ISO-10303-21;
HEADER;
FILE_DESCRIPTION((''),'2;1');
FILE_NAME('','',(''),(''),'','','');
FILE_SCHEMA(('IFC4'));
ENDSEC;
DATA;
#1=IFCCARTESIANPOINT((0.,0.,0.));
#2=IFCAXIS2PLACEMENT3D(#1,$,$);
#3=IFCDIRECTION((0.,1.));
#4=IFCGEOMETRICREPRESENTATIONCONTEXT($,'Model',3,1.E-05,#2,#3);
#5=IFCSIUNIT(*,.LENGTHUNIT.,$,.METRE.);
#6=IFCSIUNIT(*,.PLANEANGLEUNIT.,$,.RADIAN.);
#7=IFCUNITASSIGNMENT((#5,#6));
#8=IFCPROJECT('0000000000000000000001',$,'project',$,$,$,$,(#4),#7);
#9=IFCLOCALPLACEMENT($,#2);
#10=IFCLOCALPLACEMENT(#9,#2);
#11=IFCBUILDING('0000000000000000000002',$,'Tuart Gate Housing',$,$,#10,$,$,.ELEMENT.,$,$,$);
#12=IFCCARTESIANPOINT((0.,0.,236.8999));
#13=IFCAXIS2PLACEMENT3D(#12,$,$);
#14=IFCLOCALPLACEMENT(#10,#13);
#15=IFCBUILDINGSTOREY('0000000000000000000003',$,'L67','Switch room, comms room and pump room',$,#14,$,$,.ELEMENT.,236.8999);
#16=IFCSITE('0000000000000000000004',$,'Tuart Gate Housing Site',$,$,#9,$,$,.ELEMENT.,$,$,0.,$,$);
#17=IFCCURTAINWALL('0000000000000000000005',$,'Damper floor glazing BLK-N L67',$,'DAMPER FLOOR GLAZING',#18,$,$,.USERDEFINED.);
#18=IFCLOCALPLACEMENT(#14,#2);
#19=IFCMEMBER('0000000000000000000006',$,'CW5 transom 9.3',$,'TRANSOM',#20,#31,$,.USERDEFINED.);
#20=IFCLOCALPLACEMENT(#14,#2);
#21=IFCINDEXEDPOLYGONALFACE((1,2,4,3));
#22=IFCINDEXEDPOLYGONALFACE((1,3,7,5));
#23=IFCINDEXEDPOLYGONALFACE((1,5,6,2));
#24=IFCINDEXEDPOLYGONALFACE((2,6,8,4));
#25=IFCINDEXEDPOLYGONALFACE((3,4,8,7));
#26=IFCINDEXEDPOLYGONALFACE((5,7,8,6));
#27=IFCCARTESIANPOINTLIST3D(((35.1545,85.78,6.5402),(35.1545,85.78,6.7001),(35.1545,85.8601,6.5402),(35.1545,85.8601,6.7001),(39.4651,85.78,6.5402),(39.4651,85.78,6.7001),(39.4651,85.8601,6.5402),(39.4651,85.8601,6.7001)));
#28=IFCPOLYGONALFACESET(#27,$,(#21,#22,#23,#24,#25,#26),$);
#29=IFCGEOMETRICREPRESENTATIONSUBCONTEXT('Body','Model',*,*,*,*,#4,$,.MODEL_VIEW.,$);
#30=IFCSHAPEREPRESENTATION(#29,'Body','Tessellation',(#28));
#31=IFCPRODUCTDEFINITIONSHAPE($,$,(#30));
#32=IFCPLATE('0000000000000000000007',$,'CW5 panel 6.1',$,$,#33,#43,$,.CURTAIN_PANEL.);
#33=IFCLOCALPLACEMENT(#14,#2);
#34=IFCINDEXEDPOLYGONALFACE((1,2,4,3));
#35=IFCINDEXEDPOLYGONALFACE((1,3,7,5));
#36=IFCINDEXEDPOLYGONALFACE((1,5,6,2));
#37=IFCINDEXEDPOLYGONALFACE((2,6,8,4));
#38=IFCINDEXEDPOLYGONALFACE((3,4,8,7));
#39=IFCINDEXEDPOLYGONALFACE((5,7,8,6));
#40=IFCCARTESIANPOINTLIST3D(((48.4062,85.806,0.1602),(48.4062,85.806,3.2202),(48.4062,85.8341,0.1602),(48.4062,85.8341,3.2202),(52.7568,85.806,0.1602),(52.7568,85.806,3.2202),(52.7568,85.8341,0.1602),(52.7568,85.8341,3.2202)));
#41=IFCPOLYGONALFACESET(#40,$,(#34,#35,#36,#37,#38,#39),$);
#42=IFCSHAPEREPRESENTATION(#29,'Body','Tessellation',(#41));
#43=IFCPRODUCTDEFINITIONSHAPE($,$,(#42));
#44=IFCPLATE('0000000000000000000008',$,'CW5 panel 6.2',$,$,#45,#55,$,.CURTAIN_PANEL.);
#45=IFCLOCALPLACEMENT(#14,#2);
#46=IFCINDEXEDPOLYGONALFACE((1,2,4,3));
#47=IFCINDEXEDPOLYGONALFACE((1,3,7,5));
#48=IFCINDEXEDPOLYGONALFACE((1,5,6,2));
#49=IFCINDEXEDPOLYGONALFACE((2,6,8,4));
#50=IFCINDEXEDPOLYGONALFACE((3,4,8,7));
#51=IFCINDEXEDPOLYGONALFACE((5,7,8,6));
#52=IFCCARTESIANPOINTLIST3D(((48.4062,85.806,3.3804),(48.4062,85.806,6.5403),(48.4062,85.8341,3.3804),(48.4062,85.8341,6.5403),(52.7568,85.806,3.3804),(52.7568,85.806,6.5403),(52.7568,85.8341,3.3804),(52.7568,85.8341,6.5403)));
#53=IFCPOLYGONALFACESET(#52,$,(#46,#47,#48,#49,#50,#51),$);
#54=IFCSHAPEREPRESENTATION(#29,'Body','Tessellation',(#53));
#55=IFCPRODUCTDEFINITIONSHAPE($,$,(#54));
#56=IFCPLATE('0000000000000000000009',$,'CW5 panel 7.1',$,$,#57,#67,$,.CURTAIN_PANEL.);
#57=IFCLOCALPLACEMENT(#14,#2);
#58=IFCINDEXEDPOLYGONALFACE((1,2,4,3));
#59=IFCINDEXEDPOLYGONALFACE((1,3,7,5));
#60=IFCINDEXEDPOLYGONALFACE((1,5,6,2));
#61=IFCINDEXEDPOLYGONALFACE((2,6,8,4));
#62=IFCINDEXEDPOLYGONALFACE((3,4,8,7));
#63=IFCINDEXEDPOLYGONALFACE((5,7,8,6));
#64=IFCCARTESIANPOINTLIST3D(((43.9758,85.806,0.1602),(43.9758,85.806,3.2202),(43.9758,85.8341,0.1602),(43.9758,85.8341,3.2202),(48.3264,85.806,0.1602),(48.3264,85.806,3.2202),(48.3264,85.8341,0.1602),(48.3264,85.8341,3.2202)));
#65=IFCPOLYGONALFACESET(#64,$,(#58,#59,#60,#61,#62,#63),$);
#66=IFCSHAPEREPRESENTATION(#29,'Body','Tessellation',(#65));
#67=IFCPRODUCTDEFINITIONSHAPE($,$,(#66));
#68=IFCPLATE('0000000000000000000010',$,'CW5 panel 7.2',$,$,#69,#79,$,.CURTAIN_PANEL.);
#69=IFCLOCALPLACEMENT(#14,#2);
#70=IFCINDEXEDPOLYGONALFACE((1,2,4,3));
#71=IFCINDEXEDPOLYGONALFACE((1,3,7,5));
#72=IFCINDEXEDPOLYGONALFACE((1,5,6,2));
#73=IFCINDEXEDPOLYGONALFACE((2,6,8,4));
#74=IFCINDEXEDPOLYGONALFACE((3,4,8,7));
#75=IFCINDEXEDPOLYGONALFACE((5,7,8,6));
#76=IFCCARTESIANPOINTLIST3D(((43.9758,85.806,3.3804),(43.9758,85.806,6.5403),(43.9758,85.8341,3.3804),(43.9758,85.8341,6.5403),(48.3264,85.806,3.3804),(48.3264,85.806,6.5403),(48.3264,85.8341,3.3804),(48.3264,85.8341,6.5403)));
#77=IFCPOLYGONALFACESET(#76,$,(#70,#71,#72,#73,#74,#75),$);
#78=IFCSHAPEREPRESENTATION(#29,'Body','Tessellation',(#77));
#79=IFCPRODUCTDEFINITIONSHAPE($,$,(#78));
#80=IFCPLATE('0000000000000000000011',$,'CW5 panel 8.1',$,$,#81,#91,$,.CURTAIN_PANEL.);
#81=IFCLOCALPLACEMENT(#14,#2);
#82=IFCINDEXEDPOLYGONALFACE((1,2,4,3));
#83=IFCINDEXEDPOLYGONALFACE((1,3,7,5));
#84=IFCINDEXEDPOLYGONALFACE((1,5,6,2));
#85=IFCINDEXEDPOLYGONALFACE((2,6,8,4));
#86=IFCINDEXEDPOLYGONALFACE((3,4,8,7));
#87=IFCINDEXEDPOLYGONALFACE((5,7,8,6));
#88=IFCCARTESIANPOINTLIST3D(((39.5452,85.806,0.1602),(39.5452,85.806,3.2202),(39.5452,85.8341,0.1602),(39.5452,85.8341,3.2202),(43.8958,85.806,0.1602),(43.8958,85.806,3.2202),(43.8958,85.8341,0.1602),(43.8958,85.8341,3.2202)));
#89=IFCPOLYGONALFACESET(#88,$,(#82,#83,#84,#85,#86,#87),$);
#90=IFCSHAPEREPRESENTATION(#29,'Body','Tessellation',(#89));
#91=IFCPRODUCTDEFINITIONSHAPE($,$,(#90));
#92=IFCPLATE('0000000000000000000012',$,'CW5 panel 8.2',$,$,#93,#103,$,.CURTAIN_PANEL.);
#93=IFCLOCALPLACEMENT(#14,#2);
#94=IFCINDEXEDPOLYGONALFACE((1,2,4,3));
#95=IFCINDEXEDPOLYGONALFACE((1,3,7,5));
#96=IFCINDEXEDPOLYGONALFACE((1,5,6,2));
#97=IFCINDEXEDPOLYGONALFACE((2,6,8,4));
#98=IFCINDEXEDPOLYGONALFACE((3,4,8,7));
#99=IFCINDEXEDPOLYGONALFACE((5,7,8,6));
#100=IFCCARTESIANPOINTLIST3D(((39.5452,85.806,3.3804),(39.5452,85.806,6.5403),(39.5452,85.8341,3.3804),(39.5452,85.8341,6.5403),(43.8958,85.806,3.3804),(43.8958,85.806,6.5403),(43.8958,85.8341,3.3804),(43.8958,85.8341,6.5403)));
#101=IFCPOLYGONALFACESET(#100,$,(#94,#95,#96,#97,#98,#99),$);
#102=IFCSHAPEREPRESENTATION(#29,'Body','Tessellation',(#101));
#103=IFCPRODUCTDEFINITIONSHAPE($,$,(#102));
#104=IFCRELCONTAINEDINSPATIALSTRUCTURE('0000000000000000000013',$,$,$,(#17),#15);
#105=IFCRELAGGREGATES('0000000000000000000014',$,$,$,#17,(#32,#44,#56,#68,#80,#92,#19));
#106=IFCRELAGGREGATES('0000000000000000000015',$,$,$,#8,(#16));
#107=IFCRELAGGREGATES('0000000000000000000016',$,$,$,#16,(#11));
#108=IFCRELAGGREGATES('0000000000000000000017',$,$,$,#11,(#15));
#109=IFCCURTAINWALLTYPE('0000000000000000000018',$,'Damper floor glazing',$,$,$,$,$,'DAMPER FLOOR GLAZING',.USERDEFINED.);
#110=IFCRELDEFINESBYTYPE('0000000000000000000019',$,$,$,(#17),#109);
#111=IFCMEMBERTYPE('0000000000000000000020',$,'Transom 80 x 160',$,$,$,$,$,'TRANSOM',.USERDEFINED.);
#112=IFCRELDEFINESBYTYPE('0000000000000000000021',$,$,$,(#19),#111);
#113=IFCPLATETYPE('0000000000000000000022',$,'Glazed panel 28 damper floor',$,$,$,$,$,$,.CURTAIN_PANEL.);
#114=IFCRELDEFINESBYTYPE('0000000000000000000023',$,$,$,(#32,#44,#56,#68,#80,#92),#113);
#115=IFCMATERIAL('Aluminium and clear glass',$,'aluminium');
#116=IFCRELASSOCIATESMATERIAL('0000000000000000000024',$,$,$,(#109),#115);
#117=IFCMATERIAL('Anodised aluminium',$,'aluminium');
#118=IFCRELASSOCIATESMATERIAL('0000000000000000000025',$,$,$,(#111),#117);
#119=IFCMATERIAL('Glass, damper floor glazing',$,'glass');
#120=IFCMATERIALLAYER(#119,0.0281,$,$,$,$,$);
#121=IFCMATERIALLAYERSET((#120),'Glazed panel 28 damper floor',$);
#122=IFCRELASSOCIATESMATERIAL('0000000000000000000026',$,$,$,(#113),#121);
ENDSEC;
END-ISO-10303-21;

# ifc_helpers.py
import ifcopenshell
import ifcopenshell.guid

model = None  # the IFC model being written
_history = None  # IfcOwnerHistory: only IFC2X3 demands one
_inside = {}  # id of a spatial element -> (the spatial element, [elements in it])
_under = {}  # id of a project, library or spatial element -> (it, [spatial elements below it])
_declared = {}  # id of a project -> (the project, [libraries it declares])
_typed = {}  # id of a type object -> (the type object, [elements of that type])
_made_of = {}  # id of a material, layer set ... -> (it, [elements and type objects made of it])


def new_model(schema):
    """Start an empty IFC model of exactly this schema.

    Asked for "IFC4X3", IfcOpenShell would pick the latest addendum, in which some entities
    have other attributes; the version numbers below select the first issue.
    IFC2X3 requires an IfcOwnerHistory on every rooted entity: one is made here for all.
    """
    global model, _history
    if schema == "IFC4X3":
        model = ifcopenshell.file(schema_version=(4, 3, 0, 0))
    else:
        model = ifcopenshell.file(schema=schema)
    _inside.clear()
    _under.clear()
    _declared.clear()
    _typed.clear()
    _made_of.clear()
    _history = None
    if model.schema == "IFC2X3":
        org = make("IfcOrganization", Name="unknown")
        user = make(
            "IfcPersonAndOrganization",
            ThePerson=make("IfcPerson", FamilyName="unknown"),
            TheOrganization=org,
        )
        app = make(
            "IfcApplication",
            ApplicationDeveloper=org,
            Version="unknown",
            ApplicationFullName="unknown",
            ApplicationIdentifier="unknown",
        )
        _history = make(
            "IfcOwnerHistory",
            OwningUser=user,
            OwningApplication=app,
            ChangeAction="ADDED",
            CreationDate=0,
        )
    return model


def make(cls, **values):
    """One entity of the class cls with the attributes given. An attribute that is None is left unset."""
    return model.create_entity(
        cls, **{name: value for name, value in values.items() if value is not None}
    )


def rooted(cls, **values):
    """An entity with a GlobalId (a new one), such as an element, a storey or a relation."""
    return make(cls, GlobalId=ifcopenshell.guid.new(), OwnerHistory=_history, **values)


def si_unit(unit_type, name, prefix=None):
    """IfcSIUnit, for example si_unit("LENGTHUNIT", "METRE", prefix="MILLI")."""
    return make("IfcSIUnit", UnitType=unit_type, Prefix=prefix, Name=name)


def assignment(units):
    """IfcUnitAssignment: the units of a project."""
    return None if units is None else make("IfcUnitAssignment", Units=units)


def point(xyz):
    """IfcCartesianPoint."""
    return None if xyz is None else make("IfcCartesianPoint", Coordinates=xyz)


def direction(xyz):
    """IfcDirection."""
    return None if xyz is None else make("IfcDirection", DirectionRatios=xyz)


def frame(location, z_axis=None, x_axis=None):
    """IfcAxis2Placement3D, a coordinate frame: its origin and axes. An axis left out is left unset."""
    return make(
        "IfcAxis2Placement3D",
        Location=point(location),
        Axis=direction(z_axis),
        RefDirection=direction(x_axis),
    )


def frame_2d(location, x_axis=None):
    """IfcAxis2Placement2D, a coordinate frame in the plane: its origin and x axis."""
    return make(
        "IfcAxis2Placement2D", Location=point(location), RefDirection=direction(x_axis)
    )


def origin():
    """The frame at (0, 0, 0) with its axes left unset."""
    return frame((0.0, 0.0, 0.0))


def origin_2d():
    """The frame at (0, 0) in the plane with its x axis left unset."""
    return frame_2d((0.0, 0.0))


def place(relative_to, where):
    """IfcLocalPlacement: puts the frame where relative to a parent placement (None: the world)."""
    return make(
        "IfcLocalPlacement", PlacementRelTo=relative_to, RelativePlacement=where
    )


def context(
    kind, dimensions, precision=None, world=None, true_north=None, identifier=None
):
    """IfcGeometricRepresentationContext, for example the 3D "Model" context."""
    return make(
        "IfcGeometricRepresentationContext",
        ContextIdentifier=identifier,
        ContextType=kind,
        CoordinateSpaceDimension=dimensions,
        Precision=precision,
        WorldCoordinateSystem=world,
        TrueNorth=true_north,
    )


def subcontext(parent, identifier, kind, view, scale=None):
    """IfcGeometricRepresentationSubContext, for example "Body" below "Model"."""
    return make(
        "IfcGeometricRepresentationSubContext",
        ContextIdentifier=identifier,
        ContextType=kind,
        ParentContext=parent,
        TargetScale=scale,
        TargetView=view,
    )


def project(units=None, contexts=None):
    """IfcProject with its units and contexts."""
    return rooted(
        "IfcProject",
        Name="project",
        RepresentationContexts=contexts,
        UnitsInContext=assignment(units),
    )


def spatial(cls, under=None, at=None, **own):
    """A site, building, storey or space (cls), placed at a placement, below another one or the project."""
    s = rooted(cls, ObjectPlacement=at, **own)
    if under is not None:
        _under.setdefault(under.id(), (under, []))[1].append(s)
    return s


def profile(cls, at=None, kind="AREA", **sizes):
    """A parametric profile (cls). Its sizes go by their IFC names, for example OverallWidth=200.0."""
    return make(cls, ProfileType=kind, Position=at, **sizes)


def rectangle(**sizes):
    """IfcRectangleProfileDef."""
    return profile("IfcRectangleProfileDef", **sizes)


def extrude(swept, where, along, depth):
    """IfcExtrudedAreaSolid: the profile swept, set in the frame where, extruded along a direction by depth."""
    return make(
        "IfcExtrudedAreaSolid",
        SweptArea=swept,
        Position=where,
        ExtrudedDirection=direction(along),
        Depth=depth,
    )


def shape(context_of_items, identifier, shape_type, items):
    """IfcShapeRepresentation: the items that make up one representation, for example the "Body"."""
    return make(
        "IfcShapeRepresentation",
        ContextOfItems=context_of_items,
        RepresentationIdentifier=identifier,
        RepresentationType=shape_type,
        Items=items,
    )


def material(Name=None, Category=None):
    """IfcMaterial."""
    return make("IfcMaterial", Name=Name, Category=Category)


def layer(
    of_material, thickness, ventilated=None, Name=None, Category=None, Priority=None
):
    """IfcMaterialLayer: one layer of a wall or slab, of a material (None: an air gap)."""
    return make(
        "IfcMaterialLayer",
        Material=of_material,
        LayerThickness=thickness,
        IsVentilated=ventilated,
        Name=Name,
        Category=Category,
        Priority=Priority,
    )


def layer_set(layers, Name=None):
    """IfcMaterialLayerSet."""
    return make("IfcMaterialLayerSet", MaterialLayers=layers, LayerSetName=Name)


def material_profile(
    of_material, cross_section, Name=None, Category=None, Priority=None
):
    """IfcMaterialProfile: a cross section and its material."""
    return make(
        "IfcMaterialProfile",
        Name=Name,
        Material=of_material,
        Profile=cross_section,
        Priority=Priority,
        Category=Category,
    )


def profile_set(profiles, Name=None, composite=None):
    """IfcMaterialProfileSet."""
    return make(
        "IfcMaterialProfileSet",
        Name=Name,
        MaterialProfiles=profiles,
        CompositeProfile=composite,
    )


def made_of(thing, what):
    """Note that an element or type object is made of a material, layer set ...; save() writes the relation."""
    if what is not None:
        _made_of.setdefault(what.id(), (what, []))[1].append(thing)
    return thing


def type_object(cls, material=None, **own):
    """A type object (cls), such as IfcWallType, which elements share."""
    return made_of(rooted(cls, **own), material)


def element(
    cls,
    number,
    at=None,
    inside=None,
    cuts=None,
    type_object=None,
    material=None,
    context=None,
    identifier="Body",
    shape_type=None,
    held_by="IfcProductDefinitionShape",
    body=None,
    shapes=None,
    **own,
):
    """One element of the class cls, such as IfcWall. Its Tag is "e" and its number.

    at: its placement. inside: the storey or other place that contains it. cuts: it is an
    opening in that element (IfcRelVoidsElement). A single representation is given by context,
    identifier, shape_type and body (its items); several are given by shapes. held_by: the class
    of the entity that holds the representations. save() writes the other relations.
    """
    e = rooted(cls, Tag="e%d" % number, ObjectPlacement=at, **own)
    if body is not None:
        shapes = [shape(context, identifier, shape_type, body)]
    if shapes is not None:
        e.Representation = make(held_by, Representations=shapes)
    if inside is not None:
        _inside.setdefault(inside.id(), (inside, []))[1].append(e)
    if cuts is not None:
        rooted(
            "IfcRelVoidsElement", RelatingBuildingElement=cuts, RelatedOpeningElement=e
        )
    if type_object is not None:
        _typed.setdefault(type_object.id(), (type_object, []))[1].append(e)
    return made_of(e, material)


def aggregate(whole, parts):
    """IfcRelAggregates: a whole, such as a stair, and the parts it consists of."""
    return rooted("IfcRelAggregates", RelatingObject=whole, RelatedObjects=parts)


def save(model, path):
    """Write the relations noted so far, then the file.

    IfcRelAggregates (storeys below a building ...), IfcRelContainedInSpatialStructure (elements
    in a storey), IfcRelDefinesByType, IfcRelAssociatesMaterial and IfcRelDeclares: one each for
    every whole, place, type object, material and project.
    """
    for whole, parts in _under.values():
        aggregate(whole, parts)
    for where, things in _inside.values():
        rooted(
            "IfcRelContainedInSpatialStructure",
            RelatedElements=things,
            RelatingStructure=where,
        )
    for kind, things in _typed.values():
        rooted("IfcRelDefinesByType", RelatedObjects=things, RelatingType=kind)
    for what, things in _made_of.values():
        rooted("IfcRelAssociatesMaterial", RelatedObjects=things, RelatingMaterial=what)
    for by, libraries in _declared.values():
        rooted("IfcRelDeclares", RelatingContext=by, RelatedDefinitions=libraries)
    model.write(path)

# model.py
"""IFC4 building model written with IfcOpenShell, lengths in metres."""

from ifc_helpers import new_model, si_unit, direction, frame, origin, origin_2d, place, context, subcontext, project, spatial, rectangle, extrude, material, layer, layer_set, material_profile, profile_set, type_object, element, aggregate, save


model = new_model("IFC4")

# Units and contexts
model_context = context("Model", 3, precision=1e-05, world=origin(), true_north=direction((0.0, 1.0)))
body_context = subcontext(model_context, "Body", "Model", "MODEL_VIEW")
ifc_project = project(units=[si_unit("LENGTHUNIT", "METRE"), si_unit("PLANEANGLEUNIT", "RADIAN")], contexts=[model_context])

# Site, building, storey
site_placement = place(None, origin())
site = spatial("IfcSite", under=ifc_project, at=site_placement, Name="Tuart Gate Housing Site", CompositionType="ELEMENT", RefElevation=0.0)
building_placement = place(site_placement, origin())
building = spatial("IfcBuilding", under=site, at=building_placement, Name="Tuart Gate Housing", CompositionType="ELEMENT")
storey_placement = place(building_placement, frame((0.0, 0.0, 236.8999)))
storey = spatial("IfcBuildingStorey", under=building, at=storey_placement, Name="L67", Description="Switch room, comms room and pump room", CompositionType="ELEMENT", Elevation=236.8999)

# Curtain wall, member, plates
ifc_material_1 = material(Name="Aluminium and clear glass", Category="aluminium")
curtain_wall_type = type_object("IfcCurtainWallType", Name="Damper floor glazing", ElementType="DAMPER FLOOR GLAZING", PredefinedType="USERDEFINED", material=ifc_material_1)
curtain_wall_placement = place(storey_placement, origin())
curtain_wall = element("IfcCurtainWall", 1, at=curtain_wall_placement, inside=storey, type_object=curtain_wall_type, Name="Damper floor glazing BLK-N L67", ObjectType="DAMPER FLOOR GLAZING", PredefinedType="USERDEFINED")
ifc_material_2 = material(Name="Anodised aluminium", Category="aluminium")
ifc_material_profile_1 = material_profile(ifc_material_2, rectangle(XDim=0.0801, YDim=0.1599, at=origin_2d()), Name="80x160")
ifc_profile_set_1 = profile_set([ifc_material_profile_1], Name="Anodised aluminium")
member_type_1 = type_object("IfcMemberType", Name="Transom 80 x 160", ElementType="TRANSOM", PredefinedType="USERDEFINED", material=ifc_profile_set_1)
member_1_placement = place(storey_placement, frame((39.4651, 85.8201, 6.6201), z_axis=(-1.0, 0.0, 0.0), x_axis=(0.0, -1.0, 0.0)))
member_1 = element("IfcMember", 2, at=member_1_placement, type_object=member_type_1, Name="CW5 transom 9.3", ObjectType="TRANSOM", PredefinedType="USERDEFINED", context=body_context, shape_type="SweptSolid", body=[
    extrude(rectangle(XDim=0.0801, YDim=0.1599, at=origin_2d()), origin(), (0.0, 0.0, 1.0), 4.3105),
])
ifc_material_3 = material(Name="Glass, damper floor glazing", Category="glass")
ifc_layer = layer(ifc_material_3, 0.0281)
ifc_layer_set = layer_set([ifc_layer], Name="Glazed panel 28 damper floor")
plate_type = type_object("IfcPlateType", Name="Glazed panel 28 damper floor", PredefinedType="CURTAIN_PANEL", material=ifc_layer_set)
plate_1_placement = place(storey_placement, frame((50.5815, 85.8201, 0.1602), z_axis=(0.0, 0.0, 1.0), x_axis=(-1.0, 0.0, 0.0)))
plate_1 = element("IfcPlate", 3, at=plate_1_placement, type_object=plate_type, Name="CW5 panel 6.1", PredefinedType="CURTAIN_PANEL", context=body_context, shape_type="SweptSolid", body=[
    extrude(rectangle(XDim=4.3506, YDim=0.0281, at=origin_2d()), origin(), (0.0, 0.0, 1.0), 3.0601),
])
plate_2_placement = place(storey_placement, frame((50.5815, 85.8201, 3.3804), z_axis=(0.0, 0.0, 1.0), x_axis=(-1.0, 0.0, 0.0)))
plate_2 = element("IfcPlate", 4, at=plate_2_placement, type_object=plate_type, Name="CW5 panel 6.2", PredefinedType="CURTAIN_PANEL", context=body_context, shape_type="SweptSolid", body=[
    extrude(rectangle(XDim=4.3506, YDim=0.0281, at=origin_2d()), origin(), (0.0, 0.0, 1.0), 3.1599),
])
plate_3_placement = place(storey_placement, frame((46.1511, 85.8201, 0.1602), z_axis=(0.0, 0.0, 1.0), x_axis=(-1.0, 0.0, 0.0)))
plate_3 = element("IfcPlate", 5, at=plate_3_placement, type_object=plate_type, Name="CW5 panel 7.1", PredefinedType="CURTAIN_PANEL", context=body_context, shape_type="SweptSolid", body=[
    extrude(rectangle(XDim=4.3506, YDim=0.0281, at=origin_2d()), origin(), (0.0, 0.0, 1.0), 3.0601),
])
plate_4_placement = place(storey_placement, frame((46.1511, 85.8201, 3.3804), z_axis=(0.0, 0.0, 1.0), x_axis=(-1.0, 0.0, 0.0)))
plate_4 = element("IfcPlate", 6, at=plate_4_placement, type_object=plate_type, Name="CW5 panel 7.2", PredefinedType="CURTAIN_PANEL", context=body_context, shape_type="SweptSolid", body=[
    extrude(rectangle(XDim=4.3506, YDim=0.0281, at=origin_2d()), origin(), (0.0, 0.0, 1.0), 3.1599),
])
plate_5_placement = place(storey_placement, frame((41.7205, 85.8201, 0.1602), z_axis=(0.0, 0.0, 1.0), x_axis=(-1.0, 0.0, 0.0)))
plate_5 = element("IfcPlate", 7, at=plate_5_placement, type_object=plate_type, Name="CW5 panel 8.1", PredefinedType="CURTAIN_PANEL", context=body_context, shape_type="SweptSolid", body=[
    extrude(rectangle(XDim=4.3506, YDim=0.0281, at=origin_2d()), origin(), (0.0, 0.0, 1.0), 3.0601),
])
plate_6_placement = place(storey_placement, frame((41.7205, 85.8201, 3.3804), z_axis=(0.0, 0.0, 1.0), x_axis=(-1.0, 0.0, 0.0)))
plate_6 = element("IfcPlate", 8, at=plate_6_placement, type_object=plate_type, Name="CW5 panel 8.2", PredefinedType="CURTAIN_PANEL", context=body_context, shape_type="SweptSolid", body=[
    extrude(rectangle(XDim=4.3506, YDim=0.0281, at=origin_2d()), origin(), (0.0, 0.0, 1.0), 3.1599),
])
aggregate(curtain_wall, [plate_1, plate_2, plate_3, plate_4, plate_5, plate_6, member_1])

save(model, "model.ifc")
